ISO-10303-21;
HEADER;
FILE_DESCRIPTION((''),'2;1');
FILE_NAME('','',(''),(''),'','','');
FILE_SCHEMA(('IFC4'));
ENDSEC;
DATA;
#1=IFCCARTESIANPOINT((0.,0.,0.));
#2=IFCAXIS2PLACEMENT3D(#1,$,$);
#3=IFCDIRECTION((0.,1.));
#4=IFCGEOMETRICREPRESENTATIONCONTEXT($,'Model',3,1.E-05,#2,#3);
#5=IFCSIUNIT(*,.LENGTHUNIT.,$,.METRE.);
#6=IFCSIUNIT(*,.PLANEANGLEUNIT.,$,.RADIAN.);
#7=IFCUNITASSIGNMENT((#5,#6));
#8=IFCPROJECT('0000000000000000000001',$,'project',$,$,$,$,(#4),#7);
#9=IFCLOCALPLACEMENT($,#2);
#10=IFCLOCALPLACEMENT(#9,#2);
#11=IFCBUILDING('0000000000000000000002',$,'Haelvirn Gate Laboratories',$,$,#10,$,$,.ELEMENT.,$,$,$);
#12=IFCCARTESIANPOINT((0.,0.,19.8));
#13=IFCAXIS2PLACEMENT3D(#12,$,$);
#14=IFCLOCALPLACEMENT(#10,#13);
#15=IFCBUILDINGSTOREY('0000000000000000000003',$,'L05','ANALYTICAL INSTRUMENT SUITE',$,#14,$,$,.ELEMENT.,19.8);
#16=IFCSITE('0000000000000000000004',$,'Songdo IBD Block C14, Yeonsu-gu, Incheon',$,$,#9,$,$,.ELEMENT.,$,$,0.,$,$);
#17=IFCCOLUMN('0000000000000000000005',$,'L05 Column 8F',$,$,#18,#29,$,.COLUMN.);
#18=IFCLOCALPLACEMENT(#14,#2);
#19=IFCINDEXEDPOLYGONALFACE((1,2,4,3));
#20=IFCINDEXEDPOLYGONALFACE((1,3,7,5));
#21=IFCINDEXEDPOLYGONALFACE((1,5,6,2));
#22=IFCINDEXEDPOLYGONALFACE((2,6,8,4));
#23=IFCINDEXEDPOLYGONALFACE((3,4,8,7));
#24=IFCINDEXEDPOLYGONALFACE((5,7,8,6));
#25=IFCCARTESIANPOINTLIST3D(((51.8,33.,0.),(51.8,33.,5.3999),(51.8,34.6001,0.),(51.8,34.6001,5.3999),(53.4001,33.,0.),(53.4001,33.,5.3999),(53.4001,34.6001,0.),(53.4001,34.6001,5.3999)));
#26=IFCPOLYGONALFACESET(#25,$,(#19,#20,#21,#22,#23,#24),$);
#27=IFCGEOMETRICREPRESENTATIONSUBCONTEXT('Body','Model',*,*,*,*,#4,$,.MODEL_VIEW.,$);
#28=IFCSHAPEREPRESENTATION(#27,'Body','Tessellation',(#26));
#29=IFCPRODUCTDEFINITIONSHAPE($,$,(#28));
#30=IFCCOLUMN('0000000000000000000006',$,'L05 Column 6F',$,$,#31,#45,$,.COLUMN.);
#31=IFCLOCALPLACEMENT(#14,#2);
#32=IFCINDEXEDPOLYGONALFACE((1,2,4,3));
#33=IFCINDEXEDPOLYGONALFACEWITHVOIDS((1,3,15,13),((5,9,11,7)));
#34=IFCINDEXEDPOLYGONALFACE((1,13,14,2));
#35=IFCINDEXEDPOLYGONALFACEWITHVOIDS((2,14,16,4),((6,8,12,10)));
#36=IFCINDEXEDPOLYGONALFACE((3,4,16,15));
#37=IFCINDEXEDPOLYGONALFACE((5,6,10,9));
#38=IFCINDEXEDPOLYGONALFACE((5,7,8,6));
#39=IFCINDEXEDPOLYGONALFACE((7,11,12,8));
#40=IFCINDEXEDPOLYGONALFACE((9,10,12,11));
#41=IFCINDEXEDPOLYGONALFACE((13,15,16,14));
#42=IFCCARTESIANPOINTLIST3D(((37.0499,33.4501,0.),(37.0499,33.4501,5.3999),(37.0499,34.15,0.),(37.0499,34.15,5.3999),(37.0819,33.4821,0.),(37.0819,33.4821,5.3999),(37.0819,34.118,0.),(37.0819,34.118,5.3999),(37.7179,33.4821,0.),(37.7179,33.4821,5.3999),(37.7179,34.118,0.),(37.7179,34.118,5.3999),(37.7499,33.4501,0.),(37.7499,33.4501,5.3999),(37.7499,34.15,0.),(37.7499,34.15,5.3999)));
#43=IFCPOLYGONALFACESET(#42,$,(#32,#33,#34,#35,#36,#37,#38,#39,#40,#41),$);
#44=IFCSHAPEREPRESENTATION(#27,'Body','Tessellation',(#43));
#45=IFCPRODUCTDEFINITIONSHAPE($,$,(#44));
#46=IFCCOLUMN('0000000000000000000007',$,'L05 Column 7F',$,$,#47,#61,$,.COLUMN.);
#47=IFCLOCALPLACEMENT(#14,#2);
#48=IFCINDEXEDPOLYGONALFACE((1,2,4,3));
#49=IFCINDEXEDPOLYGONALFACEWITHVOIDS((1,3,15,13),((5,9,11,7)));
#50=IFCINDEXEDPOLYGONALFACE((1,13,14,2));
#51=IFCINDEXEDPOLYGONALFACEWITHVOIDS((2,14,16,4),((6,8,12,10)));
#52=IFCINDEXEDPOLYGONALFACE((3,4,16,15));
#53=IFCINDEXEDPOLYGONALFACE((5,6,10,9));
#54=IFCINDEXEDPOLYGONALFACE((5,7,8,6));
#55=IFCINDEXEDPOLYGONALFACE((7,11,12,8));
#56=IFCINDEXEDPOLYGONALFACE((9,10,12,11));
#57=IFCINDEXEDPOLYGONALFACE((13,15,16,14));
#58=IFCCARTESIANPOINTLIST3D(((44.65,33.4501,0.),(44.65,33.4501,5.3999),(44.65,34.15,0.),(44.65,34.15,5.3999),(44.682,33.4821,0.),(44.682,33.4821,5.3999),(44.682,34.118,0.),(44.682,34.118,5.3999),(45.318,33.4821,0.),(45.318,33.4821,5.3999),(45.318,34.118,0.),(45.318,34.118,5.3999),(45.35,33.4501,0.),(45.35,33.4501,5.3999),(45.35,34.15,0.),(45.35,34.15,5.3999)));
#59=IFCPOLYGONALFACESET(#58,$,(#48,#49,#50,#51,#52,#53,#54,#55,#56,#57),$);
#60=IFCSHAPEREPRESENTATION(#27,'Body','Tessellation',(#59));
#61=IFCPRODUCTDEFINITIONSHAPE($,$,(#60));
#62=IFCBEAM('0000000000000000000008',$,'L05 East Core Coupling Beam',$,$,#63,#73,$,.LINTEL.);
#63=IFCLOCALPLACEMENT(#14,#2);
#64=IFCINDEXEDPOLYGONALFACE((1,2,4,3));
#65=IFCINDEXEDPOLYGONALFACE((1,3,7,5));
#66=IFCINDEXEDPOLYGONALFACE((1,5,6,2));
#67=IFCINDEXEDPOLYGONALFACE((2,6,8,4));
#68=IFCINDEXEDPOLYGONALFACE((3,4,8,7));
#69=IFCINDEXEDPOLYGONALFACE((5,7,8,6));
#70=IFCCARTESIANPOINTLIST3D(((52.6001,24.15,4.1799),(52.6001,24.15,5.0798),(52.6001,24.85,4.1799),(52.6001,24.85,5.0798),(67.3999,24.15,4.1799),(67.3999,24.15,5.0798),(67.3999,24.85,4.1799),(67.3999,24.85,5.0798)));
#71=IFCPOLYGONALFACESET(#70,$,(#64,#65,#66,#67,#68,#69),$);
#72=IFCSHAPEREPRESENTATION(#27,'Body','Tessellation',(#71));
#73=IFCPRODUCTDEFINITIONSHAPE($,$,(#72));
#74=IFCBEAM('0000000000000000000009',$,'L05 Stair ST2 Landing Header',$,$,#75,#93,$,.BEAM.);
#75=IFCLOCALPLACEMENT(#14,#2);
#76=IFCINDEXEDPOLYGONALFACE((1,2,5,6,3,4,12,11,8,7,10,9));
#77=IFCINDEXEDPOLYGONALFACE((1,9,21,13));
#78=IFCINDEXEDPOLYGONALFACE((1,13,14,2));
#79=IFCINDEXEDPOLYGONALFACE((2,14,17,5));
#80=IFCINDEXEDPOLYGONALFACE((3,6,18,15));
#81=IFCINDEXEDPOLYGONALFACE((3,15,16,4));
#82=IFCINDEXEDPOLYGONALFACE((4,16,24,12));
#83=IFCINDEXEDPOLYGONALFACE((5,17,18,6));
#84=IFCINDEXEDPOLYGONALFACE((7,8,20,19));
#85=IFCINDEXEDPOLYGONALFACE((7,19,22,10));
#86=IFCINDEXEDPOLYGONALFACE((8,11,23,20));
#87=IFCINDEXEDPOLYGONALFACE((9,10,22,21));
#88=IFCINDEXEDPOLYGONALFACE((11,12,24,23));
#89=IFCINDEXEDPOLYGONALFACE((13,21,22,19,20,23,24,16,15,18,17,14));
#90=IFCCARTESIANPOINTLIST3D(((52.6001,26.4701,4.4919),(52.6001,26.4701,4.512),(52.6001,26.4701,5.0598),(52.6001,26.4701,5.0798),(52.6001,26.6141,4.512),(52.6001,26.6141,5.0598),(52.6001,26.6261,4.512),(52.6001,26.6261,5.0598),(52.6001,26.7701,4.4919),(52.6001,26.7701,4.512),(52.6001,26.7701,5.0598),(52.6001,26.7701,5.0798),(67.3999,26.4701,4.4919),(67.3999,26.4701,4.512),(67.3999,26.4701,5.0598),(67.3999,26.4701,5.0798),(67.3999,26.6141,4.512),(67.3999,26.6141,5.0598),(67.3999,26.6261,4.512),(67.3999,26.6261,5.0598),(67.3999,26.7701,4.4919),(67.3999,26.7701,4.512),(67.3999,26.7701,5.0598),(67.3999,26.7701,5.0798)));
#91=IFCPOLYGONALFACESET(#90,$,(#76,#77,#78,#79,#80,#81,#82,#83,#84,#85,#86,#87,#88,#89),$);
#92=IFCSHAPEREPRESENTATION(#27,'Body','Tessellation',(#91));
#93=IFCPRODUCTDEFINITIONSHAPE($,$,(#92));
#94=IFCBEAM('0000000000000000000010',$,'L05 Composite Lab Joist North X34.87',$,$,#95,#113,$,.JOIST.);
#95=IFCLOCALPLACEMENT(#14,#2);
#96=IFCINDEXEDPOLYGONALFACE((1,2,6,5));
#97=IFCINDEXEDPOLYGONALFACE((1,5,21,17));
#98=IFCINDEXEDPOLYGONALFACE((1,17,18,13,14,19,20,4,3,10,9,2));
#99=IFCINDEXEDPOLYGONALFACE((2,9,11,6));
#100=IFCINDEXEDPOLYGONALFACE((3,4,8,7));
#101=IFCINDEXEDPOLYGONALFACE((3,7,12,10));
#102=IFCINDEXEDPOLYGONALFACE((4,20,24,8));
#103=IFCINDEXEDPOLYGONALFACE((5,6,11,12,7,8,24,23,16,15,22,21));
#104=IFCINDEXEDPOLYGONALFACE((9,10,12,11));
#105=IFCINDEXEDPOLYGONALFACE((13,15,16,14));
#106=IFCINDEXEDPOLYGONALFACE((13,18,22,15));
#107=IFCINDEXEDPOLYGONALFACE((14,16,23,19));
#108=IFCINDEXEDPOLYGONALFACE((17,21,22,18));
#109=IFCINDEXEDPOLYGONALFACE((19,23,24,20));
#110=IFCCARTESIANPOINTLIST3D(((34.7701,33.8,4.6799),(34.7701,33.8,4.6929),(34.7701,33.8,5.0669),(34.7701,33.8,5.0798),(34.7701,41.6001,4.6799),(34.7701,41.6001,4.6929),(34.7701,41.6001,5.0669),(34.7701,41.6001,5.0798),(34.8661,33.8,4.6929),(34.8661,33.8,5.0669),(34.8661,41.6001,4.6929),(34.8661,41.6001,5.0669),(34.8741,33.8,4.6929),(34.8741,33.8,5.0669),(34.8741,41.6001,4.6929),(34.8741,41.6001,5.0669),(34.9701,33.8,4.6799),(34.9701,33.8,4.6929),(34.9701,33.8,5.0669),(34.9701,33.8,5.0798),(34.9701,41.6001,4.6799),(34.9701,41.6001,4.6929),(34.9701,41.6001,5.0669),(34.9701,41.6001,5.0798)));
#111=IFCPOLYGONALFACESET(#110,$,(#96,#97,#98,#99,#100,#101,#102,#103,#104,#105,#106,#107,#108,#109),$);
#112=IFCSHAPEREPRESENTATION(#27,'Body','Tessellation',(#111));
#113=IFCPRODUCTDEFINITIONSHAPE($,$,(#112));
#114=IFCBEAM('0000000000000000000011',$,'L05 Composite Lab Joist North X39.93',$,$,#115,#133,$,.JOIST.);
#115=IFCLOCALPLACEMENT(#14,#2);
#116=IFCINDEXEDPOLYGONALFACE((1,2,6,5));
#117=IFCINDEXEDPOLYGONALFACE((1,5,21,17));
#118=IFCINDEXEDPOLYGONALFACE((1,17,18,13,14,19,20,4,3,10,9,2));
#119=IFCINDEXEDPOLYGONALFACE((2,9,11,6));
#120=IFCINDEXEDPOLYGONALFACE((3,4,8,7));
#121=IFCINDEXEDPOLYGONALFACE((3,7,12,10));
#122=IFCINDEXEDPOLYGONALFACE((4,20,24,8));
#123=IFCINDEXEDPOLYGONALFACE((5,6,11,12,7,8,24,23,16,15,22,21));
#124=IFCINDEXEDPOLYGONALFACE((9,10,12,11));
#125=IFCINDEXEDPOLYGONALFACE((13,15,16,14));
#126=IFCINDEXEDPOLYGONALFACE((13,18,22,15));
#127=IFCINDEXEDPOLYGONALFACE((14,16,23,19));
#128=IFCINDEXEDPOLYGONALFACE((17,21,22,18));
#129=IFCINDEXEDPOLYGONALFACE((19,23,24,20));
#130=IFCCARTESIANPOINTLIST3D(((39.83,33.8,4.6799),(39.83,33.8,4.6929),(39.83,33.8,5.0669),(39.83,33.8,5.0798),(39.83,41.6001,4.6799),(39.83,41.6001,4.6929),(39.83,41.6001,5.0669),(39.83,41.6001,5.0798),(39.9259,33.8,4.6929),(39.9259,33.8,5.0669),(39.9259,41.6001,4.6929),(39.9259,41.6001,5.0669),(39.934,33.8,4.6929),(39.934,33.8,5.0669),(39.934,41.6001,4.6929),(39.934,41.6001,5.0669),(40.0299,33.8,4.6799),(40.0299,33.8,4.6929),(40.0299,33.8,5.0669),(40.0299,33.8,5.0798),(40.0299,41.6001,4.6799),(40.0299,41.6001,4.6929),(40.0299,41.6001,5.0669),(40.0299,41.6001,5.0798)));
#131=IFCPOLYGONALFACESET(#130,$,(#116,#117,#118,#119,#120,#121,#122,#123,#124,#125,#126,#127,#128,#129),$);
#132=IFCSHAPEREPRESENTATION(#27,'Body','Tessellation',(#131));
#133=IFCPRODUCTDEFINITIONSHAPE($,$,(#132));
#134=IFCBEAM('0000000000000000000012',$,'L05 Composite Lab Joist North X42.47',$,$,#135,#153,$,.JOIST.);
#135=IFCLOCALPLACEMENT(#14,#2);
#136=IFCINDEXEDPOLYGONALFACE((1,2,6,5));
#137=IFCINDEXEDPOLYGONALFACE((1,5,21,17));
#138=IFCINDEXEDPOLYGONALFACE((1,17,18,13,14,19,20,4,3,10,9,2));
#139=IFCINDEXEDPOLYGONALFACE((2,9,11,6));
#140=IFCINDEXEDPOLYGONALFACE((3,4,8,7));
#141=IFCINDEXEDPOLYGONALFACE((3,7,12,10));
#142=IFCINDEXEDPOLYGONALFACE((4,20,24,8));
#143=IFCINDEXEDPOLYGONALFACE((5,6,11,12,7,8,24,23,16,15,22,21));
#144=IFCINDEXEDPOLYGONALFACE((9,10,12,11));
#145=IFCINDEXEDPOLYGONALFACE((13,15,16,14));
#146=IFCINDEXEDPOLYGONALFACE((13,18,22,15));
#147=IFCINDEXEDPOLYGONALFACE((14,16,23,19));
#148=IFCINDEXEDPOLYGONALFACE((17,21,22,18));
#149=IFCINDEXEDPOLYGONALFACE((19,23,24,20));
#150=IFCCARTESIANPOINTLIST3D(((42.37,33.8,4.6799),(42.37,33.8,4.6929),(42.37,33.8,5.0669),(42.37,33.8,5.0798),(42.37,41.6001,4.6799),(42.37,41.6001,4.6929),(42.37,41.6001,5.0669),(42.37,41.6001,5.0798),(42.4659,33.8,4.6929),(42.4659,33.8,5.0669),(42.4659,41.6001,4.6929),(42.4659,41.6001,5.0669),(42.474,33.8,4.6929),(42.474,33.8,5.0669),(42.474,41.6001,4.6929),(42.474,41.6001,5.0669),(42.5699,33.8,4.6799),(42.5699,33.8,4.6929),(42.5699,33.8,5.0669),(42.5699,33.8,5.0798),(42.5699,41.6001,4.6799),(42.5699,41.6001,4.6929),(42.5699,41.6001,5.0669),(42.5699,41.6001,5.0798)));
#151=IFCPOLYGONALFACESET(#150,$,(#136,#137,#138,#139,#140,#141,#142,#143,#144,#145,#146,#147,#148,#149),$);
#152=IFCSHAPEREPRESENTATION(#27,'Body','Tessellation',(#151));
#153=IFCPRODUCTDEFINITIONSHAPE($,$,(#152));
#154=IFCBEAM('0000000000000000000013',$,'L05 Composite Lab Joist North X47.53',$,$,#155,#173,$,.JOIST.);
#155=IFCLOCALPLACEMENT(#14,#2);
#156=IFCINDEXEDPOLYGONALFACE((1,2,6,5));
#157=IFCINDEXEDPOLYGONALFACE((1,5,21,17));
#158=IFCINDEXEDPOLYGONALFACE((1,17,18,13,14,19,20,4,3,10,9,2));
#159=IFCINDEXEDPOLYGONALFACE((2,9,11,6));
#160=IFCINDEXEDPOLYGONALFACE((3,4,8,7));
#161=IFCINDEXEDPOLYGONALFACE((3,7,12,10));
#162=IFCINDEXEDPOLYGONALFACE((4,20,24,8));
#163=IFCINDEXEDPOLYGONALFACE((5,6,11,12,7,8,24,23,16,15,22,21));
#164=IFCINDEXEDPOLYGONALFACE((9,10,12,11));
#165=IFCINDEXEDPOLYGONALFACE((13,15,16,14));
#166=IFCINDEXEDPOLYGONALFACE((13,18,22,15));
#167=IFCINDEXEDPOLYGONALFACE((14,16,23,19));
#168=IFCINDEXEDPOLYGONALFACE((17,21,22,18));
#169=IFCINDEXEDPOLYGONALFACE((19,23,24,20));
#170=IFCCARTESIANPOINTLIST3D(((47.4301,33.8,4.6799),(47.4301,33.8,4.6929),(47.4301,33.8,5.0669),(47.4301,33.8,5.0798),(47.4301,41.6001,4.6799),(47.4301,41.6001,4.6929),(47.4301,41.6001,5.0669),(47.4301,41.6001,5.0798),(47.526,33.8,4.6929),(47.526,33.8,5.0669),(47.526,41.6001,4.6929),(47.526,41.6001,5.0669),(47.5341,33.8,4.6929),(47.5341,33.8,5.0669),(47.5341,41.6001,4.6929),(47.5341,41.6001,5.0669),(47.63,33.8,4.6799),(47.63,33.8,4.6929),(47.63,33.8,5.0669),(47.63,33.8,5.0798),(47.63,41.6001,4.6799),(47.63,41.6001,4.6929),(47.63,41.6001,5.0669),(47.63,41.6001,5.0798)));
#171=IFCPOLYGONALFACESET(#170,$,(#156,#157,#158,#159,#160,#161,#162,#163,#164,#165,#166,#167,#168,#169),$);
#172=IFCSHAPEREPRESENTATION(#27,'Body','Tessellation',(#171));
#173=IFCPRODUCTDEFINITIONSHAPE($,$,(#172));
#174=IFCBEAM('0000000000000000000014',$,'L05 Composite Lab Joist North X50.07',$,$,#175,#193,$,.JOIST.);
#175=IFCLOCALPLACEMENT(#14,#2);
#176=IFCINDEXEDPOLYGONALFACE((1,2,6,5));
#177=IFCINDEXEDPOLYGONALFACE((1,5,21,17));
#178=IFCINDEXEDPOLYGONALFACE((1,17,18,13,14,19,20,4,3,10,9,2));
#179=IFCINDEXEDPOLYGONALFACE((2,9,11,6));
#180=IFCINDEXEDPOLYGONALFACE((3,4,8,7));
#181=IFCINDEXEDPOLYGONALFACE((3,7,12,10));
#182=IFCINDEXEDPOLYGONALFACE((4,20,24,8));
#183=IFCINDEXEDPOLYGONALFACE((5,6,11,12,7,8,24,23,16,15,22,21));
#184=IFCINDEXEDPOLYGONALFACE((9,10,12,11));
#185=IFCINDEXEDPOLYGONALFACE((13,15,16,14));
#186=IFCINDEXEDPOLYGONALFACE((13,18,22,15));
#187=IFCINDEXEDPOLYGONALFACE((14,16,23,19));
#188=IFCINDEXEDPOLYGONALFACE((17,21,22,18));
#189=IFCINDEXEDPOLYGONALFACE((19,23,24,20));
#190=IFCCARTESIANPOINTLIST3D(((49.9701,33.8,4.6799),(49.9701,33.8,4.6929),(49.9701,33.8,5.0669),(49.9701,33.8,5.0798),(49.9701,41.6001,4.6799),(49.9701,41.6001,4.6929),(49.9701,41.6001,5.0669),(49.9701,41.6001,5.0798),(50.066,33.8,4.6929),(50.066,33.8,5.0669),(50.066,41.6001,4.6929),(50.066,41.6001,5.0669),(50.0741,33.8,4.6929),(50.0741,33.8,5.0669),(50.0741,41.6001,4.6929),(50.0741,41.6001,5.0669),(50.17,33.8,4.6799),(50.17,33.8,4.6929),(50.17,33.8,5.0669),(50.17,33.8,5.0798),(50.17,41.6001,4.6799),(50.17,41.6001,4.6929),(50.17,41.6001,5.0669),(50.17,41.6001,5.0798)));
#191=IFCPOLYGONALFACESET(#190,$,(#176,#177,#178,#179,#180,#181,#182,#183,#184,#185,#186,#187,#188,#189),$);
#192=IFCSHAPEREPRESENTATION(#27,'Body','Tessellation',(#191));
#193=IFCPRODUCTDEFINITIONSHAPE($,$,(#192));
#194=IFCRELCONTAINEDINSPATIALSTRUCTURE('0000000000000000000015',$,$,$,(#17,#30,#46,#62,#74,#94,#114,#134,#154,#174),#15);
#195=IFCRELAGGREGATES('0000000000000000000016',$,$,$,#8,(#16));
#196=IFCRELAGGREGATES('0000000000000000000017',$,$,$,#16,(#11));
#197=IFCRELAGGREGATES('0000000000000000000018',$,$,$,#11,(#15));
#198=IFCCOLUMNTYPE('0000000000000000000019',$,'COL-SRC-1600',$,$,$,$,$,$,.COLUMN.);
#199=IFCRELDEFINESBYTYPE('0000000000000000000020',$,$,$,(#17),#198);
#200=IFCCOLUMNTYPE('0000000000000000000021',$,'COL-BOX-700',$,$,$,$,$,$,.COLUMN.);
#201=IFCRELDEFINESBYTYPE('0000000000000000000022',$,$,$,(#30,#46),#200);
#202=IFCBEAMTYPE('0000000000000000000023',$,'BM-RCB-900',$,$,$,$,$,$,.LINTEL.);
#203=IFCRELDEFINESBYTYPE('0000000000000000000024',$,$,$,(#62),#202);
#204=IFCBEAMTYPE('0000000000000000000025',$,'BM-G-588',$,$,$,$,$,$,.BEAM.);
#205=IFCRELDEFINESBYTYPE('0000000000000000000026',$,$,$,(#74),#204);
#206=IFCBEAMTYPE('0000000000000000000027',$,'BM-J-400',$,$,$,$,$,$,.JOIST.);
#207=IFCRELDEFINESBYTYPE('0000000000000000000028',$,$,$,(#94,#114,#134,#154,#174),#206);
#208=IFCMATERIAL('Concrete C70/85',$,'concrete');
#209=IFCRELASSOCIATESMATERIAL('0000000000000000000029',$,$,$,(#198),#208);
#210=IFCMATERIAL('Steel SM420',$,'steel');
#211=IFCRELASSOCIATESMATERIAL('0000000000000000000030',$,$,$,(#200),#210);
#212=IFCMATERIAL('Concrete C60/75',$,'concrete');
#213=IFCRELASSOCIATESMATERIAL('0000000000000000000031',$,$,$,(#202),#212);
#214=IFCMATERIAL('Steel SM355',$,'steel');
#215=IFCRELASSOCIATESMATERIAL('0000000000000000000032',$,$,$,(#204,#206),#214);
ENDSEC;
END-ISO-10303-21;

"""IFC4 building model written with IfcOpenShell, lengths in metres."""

from ifc_helpers import new_model, si_unit, direction, frame, origin, origin_2d, place, context, subcontext, project, spatial, rectangle, hollow_rectangle, i_section, extrude, source, transform, mapped, material, material_profile, profile_set, type_object, type_shapes, element, save


model = new_model("IFC4")

# Units and contexts
model_context = context("Model", 3, precision=1e-05, world=origin(), true_north=direction((0.0, 1.0)))
body_context = subcontext(model_context, "Body", "Model", "MODEL_VIEW")
ifc_project = project(units=[si_unit("LENGTHUNIT", "METRE"), si_unit("PLANEANGLEUNIT", "RADIAN")], contexts=[model_context])

# Site, building, storey
site_placement = place(None, origin())
site = spatial("IfcSite", under=ifc_project, at=site_placement, Name="Songdo IBD Block C14, Yeonsu-gu, Incheon", CompositionType="ELEMENT", RefElevation=0.0)
building_placement = place(site_placement, origin())
building = spatial("IfcBuilding", under=site, at=building_placement, Name="Haelvirn Gate Laboratories", CompositionType="ELEMENT")
storey_placement = place(building_placement, frame((0.0, 0.0, 19.8)))
storey = spatial("IfcBuildingStorey", under=building, at=storey_placement, Name="L05", Description="ANALYTICAL INSTRUMENT SUITE", CompositionType="ELEMENT", Elevation=19.8)

# Columns
ifc_material_1 = material(Name="Concrete C70/85", Category="concrete")
ifc_material_profile_1 = material_profile(ifc_material_1, rectangle(XDim=1.6001, YDim=1.6001, at=origin_2d()), Name="SRC-1600x1600")
ifc_profile_set_1 = profile_set([ifc_material_profile_1], Name="Concrete C70/85")
column_type_1 = type_object("IfcColumnType", Name="COL-SRC-1600", PredefinedType="COLUMN", material=ifc_profile_set_1)
shared_shape_1 = source(origin(), body_context, "Body", "SweptSolid", [
    extrude(rectangle(XDim=1.6001, YDim=1.6001, at=origin_2d()), origin(), (0.0, 0.0, 1.0), 5.3999),
])
type_shapes(column_type_1, [shared_shape_1])
column_placement = place(storey_placement, frame((52.6001, 33.8, 0.0), z_axis=(0.0, 0.0, 1.0), x_axis=(1.0, 0.0, 0.0)))
element("IfcColumn", 1, at=column_placement, inside=storey, type_object=column_type_1, Name="L05 Column 8F", PredefinedType="COLUMN", context=body_context, shape_type="MappedRepresentation", body=[
    mapped(shared_shape_1, transform((0.0, 0.0, 0.0), scale=1.0)),
])
ifc_material_2 = material(Name="Steel SM420", Category="steel")
ifc_material_profile_2 = material_profile(ifc_material_2, hollow_rectangle(XDim=0.7, YDim=0.7, WallThickness=0.032, at=origin_2d()), Name="BOX-700x700x32")
ifc_profile_set_2 = profile_set([ifc_material_profile_2], Name="Steel SM420")
column_type_2 = type_object("IfcColumnType", Name="COL-BOX-700", PredefinedType="COLUMN", material=ifc_profile_set_2)
shared_shape_2 = source(origin(), body_context, "Body", "SweptSolid", [
    extrude(hollow_rectangle(XDim=0.7, YDim=0.7, WallThickness=0.032, at=origin_2d()), origin(), (0.0, 0.0, 1.0), 5.3999),
])
type_shapes(column_type_2, [shared_shape_2])
for number, where, z_axis, x_axis, name in (
    (2, (37.3999, 33.8, 0.0), (0.0, 0.0, 1.0), (1.0, 0.0, 0.0), "L05 Column 6F"),
    (3, (45.0, 33.8, 0.0), (0.0, 0.0, 1.0), (1.0, 0.0, 0.0), "L05 Column 7F"),
):
    element("IfcColumn", number, at=place(storey_placement, frame(where, z_axis=z_axis, x_axis=x_axis)), inside=storey, type_object=column_type_2, Name=name, PredefinedType="COLUMN", context=body_context, shape_type="MappedRepresentation", body=[
        mapped(shared_shape_2, transform((0.0, 0.0, 0.0), scale=1.0)),
    ])

# Beams
ifc_material_3 = material(Name="Concrete C60/75", Category="concrete")
ifc_material_profile_3 = material_profile(ifc_material_3, rectangle(XDim=0.7, YDim=0.8999, at=origin_2d()), Name="RCB-700x900")
ifc_profile_set_3 = profile_set([ifc_material_profile_3], Name="Concrete C60/75")
beam_type_1 = type_object("IfcBeamType", Name="BM-RCB-900", PredefinedType="LINTEL", material=ifc_profile_set_3)
shared_shape_3 = source(origin(), body_context, "Body", "SweptSolid", [
    extrude(rectangle(XDim=0.7, YDim=0.8999, at=origin_2d()), origin(), (0.0, 0.0, 1.0), 14.7998),
])
type_shapes(beam_type_1, [shared_shape_3])
beam_1_placement = place(storey_placement, frame((52.6001, 24.5, 4.6299), z_axis=(1.0, 0.0, 0.0), x_axis=(0.0, 1.0, 0.0)))
element("IfcBeam", 4, at=beam_1_placement, inside=storey, type_object=beam_type_1, Name="L05 East Core Coupling Beam", PredefinedType="LINTEL", context=body_context, shape_type="MappedRepresentation", body=[
    mapped(shared_shape_3, transform((0.0, 0.0, 0.0), scale=1.0)),
])
ifc_material_4 = material(Name="Steel SM355", Category="steel")
ifc_material_profile_4 = material_profile(ifc_material_4, i_section(OverallWidth=0.3, OverallDepth=0.5879, WebThickness=0.012, FlangeThickness=0.02, at=origin_2d()), Name="H-588x300x12x20")
ifc_profile_set_4 = profile_set([ifc_material_profile_4], Name="Steel SM355")
beam_type_2 = type_object("IfcBeamType", Name="BM-G-588", PredefinedType="BEAM", material=ifc_profile_set_4)
shared_shape_4 = source(origin(), body_context, "Body", "SweptSolid", [
    extrude(i_section(OverallWidth=0.3, OverallDepth=0.5879, WebThickness=0.012, FlangeThickness=0.02, at=origin_2d()), origin(), (0.0, 0.0, 1.0), 14.7998),
])
type_shapes(beam_type_2, [shared_shape_4])
beam_2_placement = place(storey_placement, frame((52.6001, 26.6201, 4.7859), z_axis=(1.0, 0.0, 0.0), x_axis=(0.0, 1.0, 0.0)))
element("IfcBeam", 5, at=beam_2_placement, inside=storey, type_object=beam_type_2, Name="L05 Stair ST2 Landing Header", PredefinedType="BEAM", context=body_context, shape_type="MappedRepresentation", body=[
    mapped(shared_shape_4, transform((0.0, 0.0, 0.0), scale=1.0)),
])
ifc_material_profile_5 = material_profile(ifc_material_4, i_section(OverallWidth=0.2, OverallDepth=0.3999, WebThickness=0.0081, FlangeThickness=0.0129, at=origin_2d()), Name="H-400x200x8x13")
ifc_profile_set_5 = profile_set([ifc_material_profile_5], Name="Steel SM355")
beam_type_3 = type_object("IfcBeamType", Name="BM-J-400", PredefinedType="JOIST", material=ifc_profile_set_5)
shared_shape_5 = source(origin(), body_context, "Body", "SweptSolid", [
    extrude(i_section(OverallWidth=0.2, OverallDepth=0.3999, WebThickness=0.0081, FlangeThickness=0.0129, at=origin_2d()), origin(), (0.0, 0.0, 1.0), 7.8),
])
type_shapes(beam_type_3, [shared_shape_5])
for number, where, z_axis, x_axis, name in (
    (6, (34.8701, 33.8, 4.8799), (0.0, 1.0, 0.0), (-1.0, 0.0, 0.0), "L05 Composite Lab Joist North X34.87"),
    (7, (39.9299, 33.8, 4.8799), (0.0, 1.0, 0.0), (-1.0, 0.0, 0.0), "L05 Composite Lab Joist North X39.93"),
    (8, (42.47, 33.8, 4.8799), (0.0, 1.0, 0.0), (-1.0, 0.0, 0.0), "L05 Composite Lab Joist North X42.47"),
    (9, (47.53, 33.8, 4.8799), (0.0, 1.0, 0.0), (-1.0, 0.0, 0.0), "L05 Composite Lab Joist North X47.53"),
    (10, (50.0701, 33.8, 4.8799), (0.0, 1.0, 0.0), (-1.0, 0.0, 0.0), "L05 Composite Lab Joist North X50.07"),
):
    element("IfcBeam", number, at=place(storey_placement, frame(where, z_axis=z_axis, x_axis=x_axis)), inside=storey, type_object=beam_type_3, Name=name, PredefinedType="JOIST", context=body_context, shape_type="MappedRepresentation", body=[
        mapped(shared_shape_5, transform((0.0, 0.0, 0.0), scale=1.0)),
    ])

save(model, "model.ifc")
